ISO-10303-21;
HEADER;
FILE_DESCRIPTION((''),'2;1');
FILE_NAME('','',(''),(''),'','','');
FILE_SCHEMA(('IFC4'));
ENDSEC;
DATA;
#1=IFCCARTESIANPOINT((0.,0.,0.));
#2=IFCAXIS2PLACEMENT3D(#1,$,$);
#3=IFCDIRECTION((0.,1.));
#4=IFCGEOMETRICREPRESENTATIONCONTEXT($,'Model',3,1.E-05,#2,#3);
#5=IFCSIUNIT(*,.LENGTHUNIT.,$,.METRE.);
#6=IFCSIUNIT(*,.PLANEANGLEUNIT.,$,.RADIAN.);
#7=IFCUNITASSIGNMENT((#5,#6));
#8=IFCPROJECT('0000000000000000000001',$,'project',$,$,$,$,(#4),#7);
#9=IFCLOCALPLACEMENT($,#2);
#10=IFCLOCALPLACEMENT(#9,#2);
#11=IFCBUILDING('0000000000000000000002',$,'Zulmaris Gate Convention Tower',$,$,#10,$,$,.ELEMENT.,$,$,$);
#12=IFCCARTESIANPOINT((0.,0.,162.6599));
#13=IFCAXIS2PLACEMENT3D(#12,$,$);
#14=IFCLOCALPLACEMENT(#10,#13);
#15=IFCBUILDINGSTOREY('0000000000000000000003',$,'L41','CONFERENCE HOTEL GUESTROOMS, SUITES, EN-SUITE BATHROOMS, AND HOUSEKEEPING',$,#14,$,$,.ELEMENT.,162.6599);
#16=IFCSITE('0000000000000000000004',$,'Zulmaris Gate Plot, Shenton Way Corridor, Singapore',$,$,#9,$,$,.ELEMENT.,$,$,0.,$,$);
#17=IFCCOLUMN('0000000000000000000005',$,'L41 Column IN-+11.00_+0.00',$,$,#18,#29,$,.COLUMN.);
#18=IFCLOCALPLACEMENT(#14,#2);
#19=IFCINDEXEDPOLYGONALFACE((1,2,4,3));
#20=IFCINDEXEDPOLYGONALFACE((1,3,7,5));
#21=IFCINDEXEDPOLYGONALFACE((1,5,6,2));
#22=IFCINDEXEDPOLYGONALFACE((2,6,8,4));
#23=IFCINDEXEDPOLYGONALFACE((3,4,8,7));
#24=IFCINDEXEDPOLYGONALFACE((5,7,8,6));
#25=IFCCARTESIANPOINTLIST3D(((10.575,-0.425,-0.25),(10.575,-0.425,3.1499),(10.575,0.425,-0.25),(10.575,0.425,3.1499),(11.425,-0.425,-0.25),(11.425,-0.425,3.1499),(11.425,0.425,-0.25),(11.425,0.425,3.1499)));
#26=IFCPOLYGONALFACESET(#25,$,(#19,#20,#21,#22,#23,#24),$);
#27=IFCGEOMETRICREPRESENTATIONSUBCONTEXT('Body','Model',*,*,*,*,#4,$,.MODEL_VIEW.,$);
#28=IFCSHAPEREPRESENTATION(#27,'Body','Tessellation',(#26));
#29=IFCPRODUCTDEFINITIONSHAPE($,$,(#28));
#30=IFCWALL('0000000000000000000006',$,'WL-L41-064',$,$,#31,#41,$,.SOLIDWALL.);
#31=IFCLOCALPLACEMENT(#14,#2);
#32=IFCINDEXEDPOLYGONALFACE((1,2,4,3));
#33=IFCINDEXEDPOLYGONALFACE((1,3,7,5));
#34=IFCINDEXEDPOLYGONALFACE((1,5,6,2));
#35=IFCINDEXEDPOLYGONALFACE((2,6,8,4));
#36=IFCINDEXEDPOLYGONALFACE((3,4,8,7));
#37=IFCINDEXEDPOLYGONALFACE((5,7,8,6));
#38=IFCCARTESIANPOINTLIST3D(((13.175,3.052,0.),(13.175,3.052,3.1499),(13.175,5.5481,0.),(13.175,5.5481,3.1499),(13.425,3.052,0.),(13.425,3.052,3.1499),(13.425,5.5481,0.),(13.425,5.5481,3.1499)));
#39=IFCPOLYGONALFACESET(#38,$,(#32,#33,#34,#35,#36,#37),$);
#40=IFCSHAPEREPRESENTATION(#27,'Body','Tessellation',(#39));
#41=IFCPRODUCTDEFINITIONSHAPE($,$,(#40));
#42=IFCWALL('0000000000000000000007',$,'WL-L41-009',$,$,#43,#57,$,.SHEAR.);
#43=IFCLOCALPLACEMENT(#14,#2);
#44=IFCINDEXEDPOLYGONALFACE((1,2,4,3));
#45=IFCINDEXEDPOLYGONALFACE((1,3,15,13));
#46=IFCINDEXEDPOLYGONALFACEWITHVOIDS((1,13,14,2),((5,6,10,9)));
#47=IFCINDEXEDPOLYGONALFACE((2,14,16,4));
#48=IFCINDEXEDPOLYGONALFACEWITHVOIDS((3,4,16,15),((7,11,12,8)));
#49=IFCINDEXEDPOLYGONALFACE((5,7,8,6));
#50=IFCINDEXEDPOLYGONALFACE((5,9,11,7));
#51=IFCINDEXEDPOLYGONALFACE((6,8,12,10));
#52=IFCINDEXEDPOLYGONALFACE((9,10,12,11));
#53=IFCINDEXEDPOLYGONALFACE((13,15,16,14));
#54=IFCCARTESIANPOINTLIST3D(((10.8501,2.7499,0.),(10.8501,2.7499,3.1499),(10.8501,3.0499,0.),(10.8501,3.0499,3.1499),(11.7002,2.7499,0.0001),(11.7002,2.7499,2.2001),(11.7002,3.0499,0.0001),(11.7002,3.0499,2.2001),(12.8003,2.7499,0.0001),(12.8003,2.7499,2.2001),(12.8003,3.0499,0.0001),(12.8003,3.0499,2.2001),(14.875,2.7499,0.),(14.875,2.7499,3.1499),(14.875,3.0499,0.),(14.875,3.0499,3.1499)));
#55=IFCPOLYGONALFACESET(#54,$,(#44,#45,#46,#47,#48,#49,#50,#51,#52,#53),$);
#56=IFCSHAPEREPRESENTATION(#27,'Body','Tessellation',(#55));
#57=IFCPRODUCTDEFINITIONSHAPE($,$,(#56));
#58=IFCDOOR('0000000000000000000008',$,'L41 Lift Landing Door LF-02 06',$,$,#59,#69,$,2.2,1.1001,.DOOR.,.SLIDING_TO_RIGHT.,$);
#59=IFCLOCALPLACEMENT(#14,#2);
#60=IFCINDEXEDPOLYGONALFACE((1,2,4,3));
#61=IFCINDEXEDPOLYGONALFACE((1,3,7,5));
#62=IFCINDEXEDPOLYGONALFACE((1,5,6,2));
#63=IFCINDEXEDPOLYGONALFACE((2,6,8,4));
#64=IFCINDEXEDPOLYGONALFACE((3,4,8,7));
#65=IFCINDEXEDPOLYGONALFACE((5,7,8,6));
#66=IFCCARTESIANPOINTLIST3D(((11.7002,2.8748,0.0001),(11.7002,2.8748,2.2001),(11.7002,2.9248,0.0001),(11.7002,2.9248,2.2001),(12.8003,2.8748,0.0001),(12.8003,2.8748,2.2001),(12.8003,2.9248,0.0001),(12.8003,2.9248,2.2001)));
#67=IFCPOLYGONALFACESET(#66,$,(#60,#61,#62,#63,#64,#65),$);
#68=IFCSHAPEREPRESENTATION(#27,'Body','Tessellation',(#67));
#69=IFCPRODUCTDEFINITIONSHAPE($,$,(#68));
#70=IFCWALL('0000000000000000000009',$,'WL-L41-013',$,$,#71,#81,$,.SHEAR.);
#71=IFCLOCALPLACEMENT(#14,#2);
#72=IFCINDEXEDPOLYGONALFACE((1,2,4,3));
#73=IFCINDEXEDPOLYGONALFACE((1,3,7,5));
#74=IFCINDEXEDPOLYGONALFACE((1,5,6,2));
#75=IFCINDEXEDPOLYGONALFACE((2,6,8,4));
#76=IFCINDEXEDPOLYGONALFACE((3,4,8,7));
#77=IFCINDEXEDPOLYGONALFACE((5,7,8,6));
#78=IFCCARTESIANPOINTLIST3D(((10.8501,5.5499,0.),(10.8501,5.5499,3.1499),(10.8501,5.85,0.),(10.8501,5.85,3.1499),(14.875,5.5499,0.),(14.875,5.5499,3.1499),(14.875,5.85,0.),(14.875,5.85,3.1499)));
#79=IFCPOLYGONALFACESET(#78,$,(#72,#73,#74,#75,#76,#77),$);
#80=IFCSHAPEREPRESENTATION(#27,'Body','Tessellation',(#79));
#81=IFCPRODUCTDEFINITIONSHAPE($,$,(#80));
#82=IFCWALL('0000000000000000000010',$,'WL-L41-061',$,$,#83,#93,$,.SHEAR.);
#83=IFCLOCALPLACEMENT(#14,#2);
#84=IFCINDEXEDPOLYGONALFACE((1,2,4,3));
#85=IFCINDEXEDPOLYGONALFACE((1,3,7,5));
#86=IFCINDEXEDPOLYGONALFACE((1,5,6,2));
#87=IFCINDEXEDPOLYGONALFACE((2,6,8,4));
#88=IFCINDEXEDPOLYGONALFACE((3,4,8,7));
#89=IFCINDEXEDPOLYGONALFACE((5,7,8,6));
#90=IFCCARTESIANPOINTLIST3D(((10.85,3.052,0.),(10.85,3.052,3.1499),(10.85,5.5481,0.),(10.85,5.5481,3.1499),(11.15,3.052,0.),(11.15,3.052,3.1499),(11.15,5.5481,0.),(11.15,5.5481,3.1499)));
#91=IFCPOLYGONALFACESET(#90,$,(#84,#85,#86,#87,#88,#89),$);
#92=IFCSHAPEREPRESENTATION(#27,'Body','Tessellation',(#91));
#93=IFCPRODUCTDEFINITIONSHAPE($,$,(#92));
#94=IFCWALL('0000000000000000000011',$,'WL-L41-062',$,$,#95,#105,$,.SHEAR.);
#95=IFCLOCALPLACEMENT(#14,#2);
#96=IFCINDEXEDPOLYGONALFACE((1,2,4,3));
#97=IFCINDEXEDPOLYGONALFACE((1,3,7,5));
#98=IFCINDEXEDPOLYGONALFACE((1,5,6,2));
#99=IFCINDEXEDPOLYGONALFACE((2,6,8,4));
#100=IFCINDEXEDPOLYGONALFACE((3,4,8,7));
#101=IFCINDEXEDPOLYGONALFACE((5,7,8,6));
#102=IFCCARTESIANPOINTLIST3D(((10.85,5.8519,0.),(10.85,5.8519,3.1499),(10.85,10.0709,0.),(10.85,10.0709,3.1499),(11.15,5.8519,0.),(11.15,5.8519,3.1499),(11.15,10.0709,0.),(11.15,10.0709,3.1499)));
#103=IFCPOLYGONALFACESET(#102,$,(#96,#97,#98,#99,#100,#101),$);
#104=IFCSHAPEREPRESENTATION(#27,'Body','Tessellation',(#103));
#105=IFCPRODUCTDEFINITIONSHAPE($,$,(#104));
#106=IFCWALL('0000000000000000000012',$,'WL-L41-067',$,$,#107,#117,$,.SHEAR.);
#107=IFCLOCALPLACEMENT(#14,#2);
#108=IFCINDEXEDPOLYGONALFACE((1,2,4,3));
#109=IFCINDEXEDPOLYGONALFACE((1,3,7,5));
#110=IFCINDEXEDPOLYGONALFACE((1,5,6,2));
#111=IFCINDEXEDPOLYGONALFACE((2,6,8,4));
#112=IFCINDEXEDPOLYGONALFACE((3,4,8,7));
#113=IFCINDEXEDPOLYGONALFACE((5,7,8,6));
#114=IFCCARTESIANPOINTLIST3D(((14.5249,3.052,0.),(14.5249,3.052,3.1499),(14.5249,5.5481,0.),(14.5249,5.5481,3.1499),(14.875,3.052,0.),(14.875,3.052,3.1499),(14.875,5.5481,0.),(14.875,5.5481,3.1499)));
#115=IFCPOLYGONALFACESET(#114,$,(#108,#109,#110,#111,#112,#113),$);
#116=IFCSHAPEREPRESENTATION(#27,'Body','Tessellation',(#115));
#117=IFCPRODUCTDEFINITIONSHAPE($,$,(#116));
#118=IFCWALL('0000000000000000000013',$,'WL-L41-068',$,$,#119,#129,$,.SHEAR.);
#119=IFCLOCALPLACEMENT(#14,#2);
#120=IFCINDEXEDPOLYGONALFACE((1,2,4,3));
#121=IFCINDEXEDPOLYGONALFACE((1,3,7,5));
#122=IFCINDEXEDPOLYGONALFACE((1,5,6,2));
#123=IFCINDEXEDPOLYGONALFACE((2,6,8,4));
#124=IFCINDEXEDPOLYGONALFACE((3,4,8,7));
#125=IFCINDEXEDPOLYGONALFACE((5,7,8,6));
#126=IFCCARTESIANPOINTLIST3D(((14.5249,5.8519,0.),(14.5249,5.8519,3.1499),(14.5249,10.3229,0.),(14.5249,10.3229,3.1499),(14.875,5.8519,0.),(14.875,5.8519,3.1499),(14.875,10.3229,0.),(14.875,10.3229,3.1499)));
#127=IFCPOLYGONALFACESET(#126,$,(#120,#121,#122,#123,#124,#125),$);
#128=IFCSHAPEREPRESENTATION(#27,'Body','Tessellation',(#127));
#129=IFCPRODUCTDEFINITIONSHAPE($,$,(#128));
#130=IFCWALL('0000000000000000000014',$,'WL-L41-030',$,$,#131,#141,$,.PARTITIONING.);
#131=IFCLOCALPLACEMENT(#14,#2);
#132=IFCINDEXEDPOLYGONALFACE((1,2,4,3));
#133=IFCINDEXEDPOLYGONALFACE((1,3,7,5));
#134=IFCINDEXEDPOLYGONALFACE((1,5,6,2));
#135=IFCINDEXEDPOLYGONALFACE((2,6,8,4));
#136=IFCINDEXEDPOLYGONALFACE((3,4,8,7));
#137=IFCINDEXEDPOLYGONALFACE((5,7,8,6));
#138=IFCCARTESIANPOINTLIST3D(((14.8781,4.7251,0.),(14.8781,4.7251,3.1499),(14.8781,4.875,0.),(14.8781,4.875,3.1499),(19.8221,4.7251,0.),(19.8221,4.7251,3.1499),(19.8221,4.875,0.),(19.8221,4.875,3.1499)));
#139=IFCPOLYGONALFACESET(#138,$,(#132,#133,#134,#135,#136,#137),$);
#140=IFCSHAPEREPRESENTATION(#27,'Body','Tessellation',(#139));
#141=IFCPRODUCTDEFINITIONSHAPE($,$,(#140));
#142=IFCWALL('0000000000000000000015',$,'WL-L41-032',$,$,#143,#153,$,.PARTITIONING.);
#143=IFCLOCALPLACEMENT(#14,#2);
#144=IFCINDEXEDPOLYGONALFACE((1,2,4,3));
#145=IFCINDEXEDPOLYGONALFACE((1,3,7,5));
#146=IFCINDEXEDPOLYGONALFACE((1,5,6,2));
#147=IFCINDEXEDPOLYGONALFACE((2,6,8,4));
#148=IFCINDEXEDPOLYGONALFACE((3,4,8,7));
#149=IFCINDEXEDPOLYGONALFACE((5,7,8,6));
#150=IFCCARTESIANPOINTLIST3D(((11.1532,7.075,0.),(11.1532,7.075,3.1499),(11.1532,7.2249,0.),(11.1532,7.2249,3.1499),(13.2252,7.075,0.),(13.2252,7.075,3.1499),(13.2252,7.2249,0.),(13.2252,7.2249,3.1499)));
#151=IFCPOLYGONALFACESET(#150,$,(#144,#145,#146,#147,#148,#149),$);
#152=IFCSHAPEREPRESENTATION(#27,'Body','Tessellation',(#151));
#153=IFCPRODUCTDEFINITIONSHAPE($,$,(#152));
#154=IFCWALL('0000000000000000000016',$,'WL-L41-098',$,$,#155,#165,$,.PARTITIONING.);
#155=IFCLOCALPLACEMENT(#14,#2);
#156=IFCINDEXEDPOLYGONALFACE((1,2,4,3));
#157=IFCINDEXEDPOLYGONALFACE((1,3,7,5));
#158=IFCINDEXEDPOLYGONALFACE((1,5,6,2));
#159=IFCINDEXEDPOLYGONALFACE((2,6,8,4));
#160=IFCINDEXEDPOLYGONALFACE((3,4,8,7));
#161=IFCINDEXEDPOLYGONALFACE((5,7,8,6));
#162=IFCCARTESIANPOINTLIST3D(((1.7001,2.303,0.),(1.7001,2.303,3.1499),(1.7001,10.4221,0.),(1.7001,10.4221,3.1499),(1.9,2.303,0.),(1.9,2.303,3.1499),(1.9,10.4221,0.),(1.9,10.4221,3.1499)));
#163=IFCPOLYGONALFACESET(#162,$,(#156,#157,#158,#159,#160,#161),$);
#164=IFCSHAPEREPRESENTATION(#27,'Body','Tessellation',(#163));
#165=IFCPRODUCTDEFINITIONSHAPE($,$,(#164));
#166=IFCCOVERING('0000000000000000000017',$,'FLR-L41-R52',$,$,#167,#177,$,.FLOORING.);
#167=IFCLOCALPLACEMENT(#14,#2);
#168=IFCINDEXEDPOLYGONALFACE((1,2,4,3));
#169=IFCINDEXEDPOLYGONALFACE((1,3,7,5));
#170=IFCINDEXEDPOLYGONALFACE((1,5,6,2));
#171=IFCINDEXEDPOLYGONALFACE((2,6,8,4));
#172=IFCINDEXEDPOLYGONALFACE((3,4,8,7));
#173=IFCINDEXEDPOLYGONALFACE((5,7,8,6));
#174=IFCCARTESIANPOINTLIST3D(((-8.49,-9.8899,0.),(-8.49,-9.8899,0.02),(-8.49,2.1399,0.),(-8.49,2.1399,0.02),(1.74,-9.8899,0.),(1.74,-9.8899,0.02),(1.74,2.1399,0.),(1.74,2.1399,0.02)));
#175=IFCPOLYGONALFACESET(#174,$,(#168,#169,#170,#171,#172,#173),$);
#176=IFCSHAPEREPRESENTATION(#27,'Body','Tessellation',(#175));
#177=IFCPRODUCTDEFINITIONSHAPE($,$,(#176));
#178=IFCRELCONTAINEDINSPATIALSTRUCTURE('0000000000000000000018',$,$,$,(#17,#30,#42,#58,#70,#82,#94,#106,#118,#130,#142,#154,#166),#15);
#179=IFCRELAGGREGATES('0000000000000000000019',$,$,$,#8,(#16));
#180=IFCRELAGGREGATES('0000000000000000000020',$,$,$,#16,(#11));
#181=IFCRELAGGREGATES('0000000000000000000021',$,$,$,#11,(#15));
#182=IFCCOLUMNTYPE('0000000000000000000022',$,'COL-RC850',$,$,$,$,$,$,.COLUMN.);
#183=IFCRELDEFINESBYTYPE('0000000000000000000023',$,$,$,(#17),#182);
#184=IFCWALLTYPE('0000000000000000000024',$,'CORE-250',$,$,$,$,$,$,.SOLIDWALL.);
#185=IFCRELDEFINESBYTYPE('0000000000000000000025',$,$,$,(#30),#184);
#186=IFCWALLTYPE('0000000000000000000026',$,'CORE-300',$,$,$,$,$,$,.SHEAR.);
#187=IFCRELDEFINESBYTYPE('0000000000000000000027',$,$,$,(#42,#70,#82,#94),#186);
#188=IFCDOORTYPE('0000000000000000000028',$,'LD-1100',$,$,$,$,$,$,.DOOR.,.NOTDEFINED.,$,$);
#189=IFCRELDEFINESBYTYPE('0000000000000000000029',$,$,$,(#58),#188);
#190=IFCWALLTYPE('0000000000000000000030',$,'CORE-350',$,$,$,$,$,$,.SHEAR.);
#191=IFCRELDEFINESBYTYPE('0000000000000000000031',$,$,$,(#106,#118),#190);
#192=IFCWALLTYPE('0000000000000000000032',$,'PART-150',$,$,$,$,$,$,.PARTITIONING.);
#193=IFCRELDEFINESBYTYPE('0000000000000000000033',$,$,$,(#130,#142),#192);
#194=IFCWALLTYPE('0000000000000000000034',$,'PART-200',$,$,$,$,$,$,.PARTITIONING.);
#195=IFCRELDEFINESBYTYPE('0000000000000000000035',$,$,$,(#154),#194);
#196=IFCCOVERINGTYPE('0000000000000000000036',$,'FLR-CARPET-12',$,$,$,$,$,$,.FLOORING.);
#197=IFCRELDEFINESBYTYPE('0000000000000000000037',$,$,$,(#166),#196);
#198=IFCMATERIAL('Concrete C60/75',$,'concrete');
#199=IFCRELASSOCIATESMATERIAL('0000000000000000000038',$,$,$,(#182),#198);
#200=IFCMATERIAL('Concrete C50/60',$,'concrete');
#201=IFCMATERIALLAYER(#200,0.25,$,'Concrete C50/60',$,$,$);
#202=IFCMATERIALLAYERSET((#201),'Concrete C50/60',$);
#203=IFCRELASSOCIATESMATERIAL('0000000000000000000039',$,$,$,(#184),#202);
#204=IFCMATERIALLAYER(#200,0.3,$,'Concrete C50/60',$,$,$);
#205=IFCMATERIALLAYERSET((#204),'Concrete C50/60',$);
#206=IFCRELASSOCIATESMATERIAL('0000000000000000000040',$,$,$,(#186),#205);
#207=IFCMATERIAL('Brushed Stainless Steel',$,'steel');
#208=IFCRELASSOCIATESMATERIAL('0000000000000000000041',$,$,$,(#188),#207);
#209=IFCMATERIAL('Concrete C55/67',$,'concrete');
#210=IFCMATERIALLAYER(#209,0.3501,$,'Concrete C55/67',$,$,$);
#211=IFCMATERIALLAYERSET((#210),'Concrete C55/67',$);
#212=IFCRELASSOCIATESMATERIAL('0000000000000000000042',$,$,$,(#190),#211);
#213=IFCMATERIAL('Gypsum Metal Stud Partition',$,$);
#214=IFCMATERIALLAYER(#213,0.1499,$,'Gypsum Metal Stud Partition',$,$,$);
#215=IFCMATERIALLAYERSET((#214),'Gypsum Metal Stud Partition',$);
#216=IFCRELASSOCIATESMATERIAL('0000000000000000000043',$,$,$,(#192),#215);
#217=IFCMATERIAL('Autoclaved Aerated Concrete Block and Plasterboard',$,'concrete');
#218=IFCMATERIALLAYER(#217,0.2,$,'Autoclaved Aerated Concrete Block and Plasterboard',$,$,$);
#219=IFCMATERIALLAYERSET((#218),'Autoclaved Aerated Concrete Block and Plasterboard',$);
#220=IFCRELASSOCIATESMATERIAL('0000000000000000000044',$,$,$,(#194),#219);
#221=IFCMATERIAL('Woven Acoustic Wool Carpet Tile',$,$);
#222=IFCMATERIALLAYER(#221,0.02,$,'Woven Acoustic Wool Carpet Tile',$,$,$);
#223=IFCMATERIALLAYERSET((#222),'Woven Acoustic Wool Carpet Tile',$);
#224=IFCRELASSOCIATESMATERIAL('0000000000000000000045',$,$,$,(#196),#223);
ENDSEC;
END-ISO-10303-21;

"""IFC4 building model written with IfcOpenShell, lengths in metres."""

from ifc_helpers import new_model, si_unit, direction, frame, frame_2d, origin, origin_2d, place, context, subcontext, project, spatial, polyline, rectangle, outline, extrude, material, layer, layer_set, material_profile, profile_set, type_object, element, fill, save


model = new_model("IFC4")

# Units and contexts
model_context = context("Model", 3, precision=1e-05, world=origin(), true_north=direction((0.0, 1.0)))
body_context = subcontext(model_context, "Body", "Model", "MODEL_VIEW")
ifc_project = project(units=[si_unit("LENGTHUNIT", "METRE"), si_unit("PLANEANGLEUNIT", "RADIAN")], contexts=[model_context])

# Site, building, storey
site_placement = place(None, origin())
site = spatial("IfcSite", under=ifc_project, at=site_placement, Name="Zulmaris Gate Plot, Shenton Way Corridor, Singapore", CompositionType="ELEMENT", RefElevation=0.0)
building_placement = place(site_placement, origin())
building = spatial("IfcBuilding", under=site, at=building_placement, Name="Zulmaris Gate Convention Tower", CompositionType="ELEMENT")
storey_placement = place(building_placement, frame((0.0, 0.0, 162.6599)))
storey = spatial("IfcBuildingStorey", under=building, at=storey_placement, Name="L41", Description="CONFERENCE HOTEL GUESTROOMS, SUITES, EN-SUITE BATHROOMS, AND HOUSEKEEPING", CompositionType="ELEMENT", Elevation=162.6599)

# Column
ifc_material_1 = material(Name="Concrete C60/75", Category="concrete")
ifc_material_profile = material_profile(ifc_material_1, rectangle(XDim=0.8501, YDim=0.8501, at=origin_2d()), Name="RC COL 850x850")
ifc_profile_set = profile_set([ifc_material_profile], Name="Concrete C60/75")
column_type = type_object("IfcColumnType", Name="COL-RC850", PredefinedType="COLUMN", material=ifc_profile_set)
column_placement = place(storey_placement, frame((11.0, 0.0, -0.25), z_axis=(0.0, 0.0, 1.0), x_axis=(1.0, 0.0, 0.0)))
element("IfcColumn", 1, at=column_placement, inside=storey, type_object=column_type, Name="L41 Column IN-+11.00_+0.00", PredefinedType="COLUMN", context=body_context, shape_type="SweptSolid", body=[
    extrude(rectangle(XDim=0.8501, YDim=0.8501, at=origin_2d()), origin(), (0.0, 0.0, 1.0), 3.3999),
])

# Wall
ifc_material_2 = material(Name="Concrete C50/60", Category="concrete")
ifc_layer_1 = layer(ifc_material_2, 0.25, Name="Concrete C50/60")
ifc_layer_set_1 = layer_set([ifc_layer_1], Name="Concrete C50/60")
wall_type_1 = type_object("IfcWallType", Name="CORE-250", PredefinedType="SOLIDWALL", material=ifc_layer_set_1)
wall_1_placement = place(storey_placement, frame((13.3, 3.052, 0.0), z_axis=(0.0, 0.0, 1.0), x_axis=(0.0, 1.0, 0.0)))
element("IfcWall", 2, at=wall_1_placement, inside=storey, type_object=wall_type_1, Name="WL-L41-064", PredefinedType="SOLIDWALL", context=body_context, shape_type="SweptSolid", body=[
    extrude(rectangle(XDim=2.4961, YDim=0.25, at=frame_2d((1.248, 0.0))), origin(), (0.0, 0.0, 1.0), 3.1499),
])

# Wall, opening, door
ifc_layer_2 = layer(ifc_material_2, 0.3, Name="Concrete C50/60")
ifc_layer_set_2 = layer_set([ifc_layer_2], Name="Concrete C50/60")
wall_type_2 = type_object("IfcWallType", Name="CORE-300", PredefinedType="SHEAR", material=ifc_layer_set_2)
wall_2_placement = place(storey_placement, frame((10.8501, 2.8999, 0.0), z_axis=(0.0, 0.0, 1.0), x_axis=(1.0, 0.0, 0.0)))
wall_2 = element("IfcWall", 3, at=wall_2_placement, inside=storey, type_object=wall_type_2, Name="WL-L41-009", PredefinedType="SHEAR", context=body_context, shape_type="SweptSolid", body=[
    extrude(rectangle(XDim=4.0249, YDim=0.3, at=frame_2d((2.0125, 0.0))), origin(), (0.0, 0.0, 1.0), 3.1499),
])
opening_1_placement = place(wall_2_placement, frame((0.8501, 0.0, 0.0)))
opening_1 = element("IfcOpeningElement", 4, at=opening_1_placement, cuts=wall_2, PredefinedType="OPENING", context=body_context, shape_type="SweptSolid", body=[
    extrude(rectangle(XDim=1.1001, YDim=2.2, at=frame_2d((0.55, 1.1001))), frame((0.0, 0.1602, 0.0), z_axis=(0.0, -1.0, 0.0), x_axis=(1.0, 0.0, 0.0)), (0.0, 0.0, 1.0), 0.3201),
])
ifc_material_3 = material(Name="Brushed Stainless Steel", Category="steel")
door_type_1 = type_object("IfcDoorType", Name="LD-1100", OperationType="NOTDEFINED", PredefinedType="DOOR", material=ifc_material_3)
door_1_placement = place(opening_1_placement, origin())
door_1 = element("IfcDoor", 5, at=door_1_placement, inside=storey, type_object=door_type_1, Name="L41 Lift Landing Door LF-02 06", OperationType="SLIDING_TO_RIGHT", OverallHeight=2.2, OverallWidth=1.1001, PredefinedType="DOOR", context=body_context, shape_type="SweptSolid", body=[
    extrude(rectangle(XDim=1.1001, YDim=2.2, at=frame_2d((0.55, 1.1001))), frame((0.0, 0.0249, 0.0), z_axis=(0.0, -1.0, 0.0), x_axis=(1.0, 0.0, 0.0)), (0.0, 0.0, 1.0), 0.05),
])
fill(opening_1, door_1)

# Wall
wall_3_placement = place(storey_placement, frame((10.8501, 5.7, 0.0), z_axis=(0.0, 0.0, 1.0), x_axis=(1.0, 0.0, 0.0)))
element("IfcWall", 6, at=wall_3_placement, inside=storey, type_object=wall_type_2, Name="WL-L41-013", PredefinedType="SHEAR", context=body_context, shape_type="SweptSolid", body=[
    extrude(rectangle(XDim=4.0249, YDim=0.3, at=frame_2d((2.0125, 0.0))), origin(), (0.0, 0.0, 1.0), 3.1499),
])

# Walls
wall_4_placement = place(storey_placement, frame((11.0, 3.052, 0.0), z_axis=(0.0, 0.0, 1.0), x_axis=(0.0, 1.0, 0.0)))
element("IfcWall", 7, at=wall_4_placement, inside=storey, type_object=wall_type_2, Name="WL-L41-061", PredefinedType="SHEAR", context=body_context, shape_type="SweptSolid", body=[
    extrude(rectangle(XDim=2.4961, YDim=0.3, at=frame_2d((1.248, 0.0))), origin(), (0.0, 0.0, 1.0), 3.1499),
])
wall_5_placement = place(storey_placement, frame((11.0, 5.8521, 0.0), z_axis=(0.0, 0.0, 1.0), x_axis=(0.0, 1.0, 0.0)))
element("IfcWall", 8, at=wall_5_placement, inside=storey, type_object=wall_type_2, Name="WL-L41-062", PredefinedType="SHEAR", context=body_context, shape_type="SweptSolid", body=[
    extrude(rectangle(XDim=4.219, YDim=0.3, at=frame_2d((2.1094, 0.0))), origin(), (0.0, 0.0, 1.0), 3.1499),
])
ifc_material_4 = material(Name="Concrete C55/67", Category="concrete")
ifc_layer_3 = layer(ifc_material_4, 0.3501, Name="Concrete C55/67")
ifc_layer_set_3 = layer_set([ifc_layer_3], Name="Concrete C55/67")
wall_type_3 = type_object("IfcWallType", Name="CORE-350", PredefinedType="SHEAR", material=ifc_layer_set_3)
wall_6_placement = place(storey_placement, frame((14.7, 3.052, 0.0), z_axis=(0.0, 0.0, 1.0), x_axis=(0.0, 1.0, 0.0)))
element("IfcWall", 9, at=wall_6_placement, inside=storey, type_object=wall_type_3, Name="WL-L41-067", PredefinedType="SHEAR", context=body_context, shape_type="SweptSolid", body=[
    extrude(rectangle(XDim=2.4961, YDim=0.3501, at=frame_2d((1.248, 0.0))), origin(), (0.0, 0.0, 1.0), 3.1499),
])
wall_7_placement = place(storey_placement, frame((14.7, 5.8521, 0.0), z_axis=(0.0, 0.0, 1.0), x_axis=(0.0, 1.0, 0.0)))
element("IfcWall", 10, at=wall_7_placement, inside=storey, type_object=wall_type_3, Name="WL-L41-068", PredefinedType="SHEAR", context=body_context, shape_type="SweptSolid", body=[
    extrude(rectangle(XDim=4.4709, YDim=0.3501, at=frame_2d((2.2354, 0.0))), origin(), (0.0, 0.0, 1.0), 3.1499),
])
ifc_material_5 = material(Name="Gypsum Metal Stud Partition")
ifc_layer_4 = layer(ifc_material_5, 0.1499, Name="Gypsum Metal Stud Partition")
ifc_layer_set_4 = layer_set([ifc_layer_4], Name="Gypsum Metal Stud Partition")
wall_type_4 = type_object("IfcWallType", Name="PART-150", PredefinedType="PARTITIONING", material=ifc_layer_set_4)
wall_8_placement = place(storey_placement, frame((14.8779, 4.8, 0.0), z_axis=(0.0, 0.0, 1.0), x_axis=(1.0, 0.0, 0.0)))
element("IfcWall", 11, at=wall_8_placement, inside=storey, type_object=wall_type_4, Name="WL-L41-030", PredefinedType="PARTITIONING", context=body_context, shape_type="SweptSolid", body=[
    extrude(rectangle(XDim=4.9441, YDim=0.1499, at=frame_2d((2.4722, 0.0))), origin(), (0.0, 0.0, 1.0), 3.1499),
])
wall_9_placement = place(storey_placement, frame((11.1531, 7.1499, 0.0), z_axis=(0.0, 0.0, 1.0), x_axis=(1.0, 0.0, 0.0)))
element("IfcWall", 12, at=wall_9_placement, inside=storey, type_object=wall_type_4, Name="WL-L41-032", PredefinedType="PARTITIONING", context=body_context, shape_type="SweptSolid", body=[
    extrude(rectangle(XDim=2.072, YDim=0.1499, at=frame_2d((1.0361, 0.0))), origin(), (0.0, 0.0, 1.0), 3.1499),
])

# Wall
ifc_material_6 = material(Name="Autoclaved Aerated Concrete Block and Plasterboard", Category="concrete")
ifc_layer_5 = layer(ifc_material_6, 0.2, Name="Autoclaved Aerated Concrete Block and Plasterboard")
ifc_layer_set_5 = layer_set([ifc_layer_5], Name="Autoclaved Aerated Concrete Block and Plasterboard")
wall_type_5 = type_object("IfcWallType", Name="PART-200", PredefinedType="PARTITIONING", material=ifc_layer_set_5)
wall_10_placement = place(storey_placement, frame((1.8, 2.303, 0.0), z_axis=(0.0, 0.0, 1.0), x_axis=(0.0, 1.0, 0.0)))
element("IfcWall", 13, at=wall_10_placement, inside=storey, type_object=wall_type_5, Name="WL-L41-098", PredefinedType="PARTITIONING", context=body_context, shape_type="SweptSolid", body=[
    extrude(rectangle(XDim=8.1191, YDim=0.2, at=frame_2d((4.0596, 0.0))), origin(), (0.0, 0.0, 1.0), 3.1499),
])

# Covering
ifc_material_7 = material(Name="Woven Acoustic Wool Carpet Tile")
ifc_layer_6 = layer(ifc_material_7, 0.02, Name="Woven Acoustic Wool Carpet Tile")
ifc_layer_set_6 = layer_set([ifc_layer_6], Name="Woven Acoustic Wool Carpet Tile")
covering_type_1 = type_object("IfcCoveringType", Name="FLR-CARPET-12", PredefinedType="FLOORING", material=ifc_layer_set_6)
covering_1_placement = place(storey_placement, origin())
element("IfcCovering", 14, at=covering_1_placement, inside=storey, type_object=covering_type_1, Name="FLR-L41-R52", PredefinedType="FLOORING", context=body_context, shape_type="SweptSolid", body=[
    extrude(outline(polyline([(-8.49, -9.8899), (1.74, -9.8899), (1.74, 2.1399), (-8.49, 2.1399), (-8.49, -9.8899)])), origin(), (0.0, 0.0, 1.0), 0.02),
])

save(model, "model.ifc")
